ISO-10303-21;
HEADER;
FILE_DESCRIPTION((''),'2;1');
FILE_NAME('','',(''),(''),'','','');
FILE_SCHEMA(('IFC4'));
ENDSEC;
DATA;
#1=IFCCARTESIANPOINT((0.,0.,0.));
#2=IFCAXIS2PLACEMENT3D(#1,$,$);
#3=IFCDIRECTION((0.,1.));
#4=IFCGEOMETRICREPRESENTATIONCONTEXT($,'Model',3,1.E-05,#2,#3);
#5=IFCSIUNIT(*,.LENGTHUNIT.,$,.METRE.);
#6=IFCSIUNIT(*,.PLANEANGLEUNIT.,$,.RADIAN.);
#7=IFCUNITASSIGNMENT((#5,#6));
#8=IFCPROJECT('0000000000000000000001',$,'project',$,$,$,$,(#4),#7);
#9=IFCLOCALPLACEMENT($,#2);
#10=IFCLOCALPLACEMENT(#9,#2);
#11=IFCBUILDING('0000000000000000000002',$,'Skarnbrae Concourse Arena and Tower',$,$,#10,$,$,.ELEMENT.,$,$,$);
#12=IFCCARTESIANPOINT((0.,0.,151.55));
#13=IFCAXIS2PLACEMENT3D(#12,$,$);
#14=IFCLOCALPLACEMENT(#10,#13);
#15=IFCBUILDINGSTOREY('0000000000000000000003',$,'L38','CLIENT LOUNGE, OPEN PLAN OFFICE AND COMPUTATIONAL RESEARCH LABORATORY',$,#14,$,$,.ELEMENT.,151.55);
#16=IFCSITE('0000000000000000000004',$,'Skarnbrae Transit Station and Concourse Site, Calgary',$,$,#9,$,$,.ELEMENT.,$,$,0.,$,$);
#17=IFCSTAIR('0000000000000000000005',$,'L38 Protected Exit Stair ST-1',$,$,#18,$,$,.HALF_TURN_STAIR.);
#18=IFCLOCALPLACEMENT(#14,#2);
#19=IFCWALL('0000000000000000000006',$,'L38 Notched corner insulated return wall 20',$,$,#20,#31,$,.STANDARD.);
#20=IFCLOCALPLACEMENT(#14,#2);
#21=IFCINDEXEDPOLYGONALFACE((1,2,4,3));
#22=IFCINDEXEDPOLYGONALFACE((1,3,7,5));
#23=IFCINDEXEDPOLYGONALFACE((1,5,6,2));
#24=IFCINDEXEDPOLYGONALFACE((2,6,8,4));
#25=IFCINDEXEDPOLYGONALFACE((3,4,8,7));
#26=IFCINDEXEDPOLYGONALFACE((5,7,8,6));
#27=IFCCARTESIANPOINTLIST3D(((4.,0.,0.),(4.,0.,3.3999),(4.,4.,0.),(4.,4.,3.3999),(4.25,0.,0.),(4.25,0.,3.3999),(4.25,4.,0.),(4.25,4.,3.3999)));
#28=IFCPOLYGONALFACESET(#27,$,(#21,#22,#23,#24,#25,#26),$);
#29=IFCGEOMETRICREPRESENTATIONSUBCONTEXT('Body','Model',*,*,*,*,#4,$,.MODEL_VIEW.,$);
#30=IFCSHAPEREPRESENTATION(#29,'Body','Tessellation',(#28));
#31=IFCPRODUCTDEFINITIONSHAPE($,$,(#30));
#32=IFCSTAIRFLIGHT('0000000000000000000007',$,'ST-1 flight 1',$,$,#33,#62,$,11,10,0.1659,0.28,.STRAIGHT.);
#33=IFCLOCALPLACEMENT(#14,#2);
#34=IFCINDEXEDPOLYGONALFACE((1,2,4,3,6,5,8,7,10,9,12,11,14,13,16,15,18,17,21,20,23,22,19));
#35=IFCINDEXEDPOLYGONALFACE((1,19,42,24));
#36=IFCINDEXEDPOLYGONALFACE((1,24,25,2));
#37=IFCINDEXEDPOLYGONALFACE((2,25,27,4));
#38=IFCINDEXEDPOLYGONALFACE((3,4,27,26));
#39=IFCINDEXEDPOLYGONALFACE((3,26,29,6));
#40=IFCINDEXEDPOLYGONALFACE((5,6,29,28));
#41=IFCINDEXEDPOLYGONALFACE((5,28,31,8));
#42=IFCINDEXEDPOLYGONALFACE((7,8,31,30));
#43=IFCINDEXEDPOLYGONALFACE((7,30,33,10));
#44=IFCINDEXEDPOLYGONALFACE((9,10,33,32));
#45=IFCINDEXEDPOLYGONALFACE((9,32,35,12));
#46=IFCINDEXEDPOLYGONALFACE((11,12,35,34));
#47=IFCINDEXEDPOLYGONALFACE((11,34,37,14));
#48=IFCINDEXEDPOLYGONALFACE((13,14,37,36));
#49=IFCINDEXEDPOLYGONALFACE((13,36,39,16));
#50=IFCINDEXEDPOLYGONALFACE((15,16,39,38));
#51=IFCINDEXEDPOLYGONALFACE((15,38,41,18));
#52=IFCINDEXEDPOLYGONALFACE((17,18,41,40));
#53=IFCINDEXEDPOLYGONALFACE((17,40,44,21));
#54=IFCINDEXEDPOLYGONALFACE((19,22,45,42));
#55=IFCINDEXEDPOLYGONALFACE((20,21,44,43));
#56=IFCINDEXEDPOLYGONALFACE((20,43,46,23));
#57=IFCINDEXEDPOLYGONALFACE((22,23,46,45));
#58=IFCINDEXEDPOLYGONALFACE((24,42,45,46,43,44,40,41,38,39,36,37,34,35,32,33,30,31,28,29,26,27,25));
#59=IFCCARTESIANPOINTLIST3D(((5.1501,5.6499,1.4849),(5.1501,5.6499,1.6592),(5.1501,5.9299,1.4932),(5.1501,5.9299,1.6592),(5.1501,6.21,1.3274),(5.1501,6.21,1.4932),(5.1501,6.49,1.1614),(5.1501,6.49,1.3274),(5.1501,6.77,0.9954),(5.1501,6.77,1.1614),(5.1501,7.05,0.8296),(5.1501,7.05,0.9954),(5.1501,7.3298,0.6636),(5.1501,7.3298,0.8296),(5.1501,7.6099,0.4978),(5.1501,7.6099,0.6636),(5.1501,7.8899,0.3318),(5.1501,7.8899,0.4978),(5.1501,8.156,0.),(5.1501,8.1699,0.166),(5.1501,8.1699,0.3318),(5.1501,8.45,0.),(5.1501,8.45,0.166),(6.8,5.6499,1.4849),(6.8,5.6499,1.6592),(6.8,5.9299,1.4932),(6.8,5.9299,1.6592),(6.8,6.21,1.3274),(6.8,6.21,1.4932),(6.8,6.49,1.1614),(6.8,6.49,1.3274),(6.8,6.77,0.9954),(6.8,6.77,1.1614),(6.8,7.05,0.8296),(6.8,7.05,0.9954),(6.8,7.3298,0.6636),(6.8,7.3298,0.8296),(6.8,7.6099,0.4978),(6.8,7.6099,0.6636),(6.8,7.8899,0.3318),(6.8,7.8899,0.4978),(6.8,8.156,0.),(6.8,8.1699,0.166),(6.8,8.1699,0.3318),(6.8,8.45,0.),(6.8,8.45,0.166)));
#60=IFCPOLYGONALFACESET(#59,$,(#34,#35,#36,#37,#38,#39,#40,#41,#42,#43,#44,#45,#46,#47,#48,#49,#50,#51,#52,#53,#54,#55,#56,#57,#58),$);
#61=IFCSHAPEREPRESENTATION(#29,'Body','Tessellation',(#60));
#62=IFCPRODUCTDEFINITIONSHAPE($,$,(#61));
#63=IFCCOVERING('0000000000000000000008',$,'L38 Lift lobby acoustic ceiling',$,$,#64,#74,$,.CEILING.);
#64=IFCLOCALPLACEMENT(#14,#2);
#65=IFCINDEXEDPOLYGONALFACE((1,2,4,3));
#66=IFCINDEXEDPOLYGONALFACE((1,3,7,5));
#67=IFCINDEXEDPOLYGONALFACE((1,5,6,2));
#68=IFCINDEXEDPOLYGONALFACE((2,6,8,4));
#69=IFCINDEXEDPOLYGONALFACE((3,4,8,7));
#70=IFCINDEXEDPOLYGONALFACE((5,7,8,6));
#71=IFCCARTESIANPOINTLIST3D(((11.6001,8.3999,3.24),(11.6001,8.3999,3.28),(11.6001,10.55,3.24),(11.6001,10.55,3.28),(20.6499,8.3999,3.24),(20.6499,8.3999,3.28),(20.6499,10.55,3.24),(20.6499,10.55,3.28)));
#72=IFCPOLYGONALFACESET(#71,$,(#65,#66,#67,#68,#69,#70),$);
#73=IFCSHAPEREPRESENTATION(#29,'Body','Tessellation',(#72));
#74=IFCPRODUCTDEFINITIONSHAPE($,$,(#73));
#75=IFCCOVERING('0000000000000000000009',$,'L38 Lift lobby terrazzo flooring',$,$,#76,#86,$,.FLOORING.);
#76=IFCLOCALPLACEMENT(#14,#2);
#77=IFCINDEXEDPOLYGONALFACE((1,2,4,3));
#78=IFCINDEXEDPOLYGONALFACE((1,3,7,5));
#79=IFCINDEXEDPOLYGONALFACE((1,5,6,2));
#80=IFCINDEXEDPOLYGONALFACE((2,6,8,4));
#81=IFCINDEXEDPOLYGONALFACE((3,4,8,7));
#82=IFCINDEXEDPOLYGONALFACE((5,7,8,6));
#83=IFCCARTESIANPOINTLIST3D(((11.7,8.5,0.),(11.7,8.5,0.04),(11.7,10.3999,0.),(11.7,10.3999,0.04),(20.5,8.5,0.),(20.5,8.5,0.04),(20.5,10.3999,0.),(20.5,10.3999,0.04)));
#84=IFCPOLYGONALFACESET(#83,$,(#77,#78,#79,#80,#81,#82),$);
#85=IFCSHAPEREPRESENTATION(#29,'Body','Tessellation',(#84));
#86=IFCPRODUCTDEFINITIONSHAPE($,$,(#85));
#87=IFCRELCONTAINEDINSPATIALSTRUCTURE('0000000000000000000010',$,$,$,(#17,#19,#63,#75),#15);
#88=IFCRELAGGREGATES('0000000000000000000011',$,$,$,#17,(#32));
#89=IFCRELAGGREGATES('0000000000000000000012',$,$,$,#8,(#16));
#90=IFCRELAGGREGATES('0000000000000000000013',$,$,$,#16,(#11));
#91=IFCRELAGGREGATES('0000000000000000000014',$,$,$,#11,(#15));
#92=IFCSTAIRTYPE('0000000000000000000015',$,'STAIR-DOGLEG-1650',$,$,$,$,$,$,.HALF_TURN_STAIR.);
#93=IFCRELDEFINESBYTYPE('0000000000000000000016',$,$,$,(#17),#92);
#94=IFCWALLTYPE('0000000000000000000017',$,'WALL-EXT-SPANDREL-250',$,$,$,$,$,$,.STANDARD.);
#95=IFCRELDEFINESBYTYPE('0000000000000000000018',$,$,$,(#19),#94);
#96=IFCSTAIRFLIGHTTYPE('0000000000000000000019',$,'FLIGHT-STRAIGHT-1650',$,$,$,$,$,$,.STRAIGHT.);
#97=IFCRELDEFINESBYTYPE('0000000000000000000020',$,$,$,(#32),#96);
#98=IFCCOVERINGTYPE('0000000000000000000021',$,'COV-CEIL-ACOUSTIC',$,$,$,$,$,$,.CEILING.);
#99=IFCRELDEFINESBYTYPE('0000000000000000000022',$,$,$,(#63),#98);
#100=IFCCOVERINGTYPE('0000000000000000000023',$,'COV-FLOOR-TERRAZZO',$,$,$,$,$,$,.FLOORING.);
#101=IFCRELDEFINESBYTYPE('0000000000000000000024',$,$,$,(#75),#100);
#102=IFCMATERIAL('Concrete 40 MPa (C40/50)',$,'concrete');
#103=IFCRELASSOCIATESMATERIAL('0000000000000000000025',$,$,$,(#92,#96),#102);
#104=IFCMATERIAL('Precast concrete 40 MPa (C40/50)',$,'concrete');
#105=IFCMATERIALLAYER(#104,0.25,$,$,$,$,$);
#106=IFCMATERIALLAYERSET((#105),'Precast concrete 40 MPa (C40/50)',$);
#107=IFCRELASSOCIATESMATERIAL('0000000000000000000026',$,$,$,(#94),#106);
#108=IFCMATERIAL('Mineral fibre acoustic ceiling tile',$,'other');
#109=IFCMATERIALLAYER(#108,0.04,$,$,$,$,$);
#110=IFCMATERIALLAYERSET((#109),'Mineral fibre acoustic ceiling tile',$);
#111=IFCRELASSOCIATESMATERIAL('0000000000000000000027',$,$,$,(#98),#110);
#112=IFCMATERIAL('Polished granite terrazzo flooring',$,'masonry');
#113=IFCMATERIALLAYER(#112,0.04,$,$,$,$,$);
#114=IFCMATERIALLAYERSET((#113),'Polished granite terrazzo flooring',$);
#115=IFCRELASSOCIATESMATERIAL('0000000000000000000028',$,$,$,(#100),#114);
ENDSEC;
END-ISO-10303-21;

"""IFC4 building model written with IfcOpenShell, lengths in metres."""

from ifc_helpers import new_model, si_unit, direction, frame, frame_2d, origin, place, context, subcontext, project, spatial, polyline, rectangle, outline, extrude, source, transform, mapped, material, layer, layer_set, type_object, element, aggregate, save


model = new_model("IFC4")

# Units and contexts
model_context = context("Model", 3, precision=1e-05, world=origin(), true_north=direction((0.0, 1.0)))
body_context = subcontext(model_context, "Body", "Model", "MODEL_VIEW")
ifc_project = project(units=[si_unit("LENGTHUNIT", "METRE"), si_unit("PLANEANGLEUNIT", "RADIAN")], contexts=[model_context])

# Site, building, storey
site_placement = place(None, origin())
site = spatial("IfcSite", under=ifc_project, at=site_placement, Name="Skarnbrae Transit Station and Concourse Site, Calgary", CompositionType="ELEMENT", RefElevation=0.0)
building_placement = place(site_placement, origin())
building = spatial("IfcBuilding", under=site, at=building_placement, Name="Skarnbrae Concourse Arena and Tower", CompositionType="ELEMENT")
storey_placement = place(building_placement, frame((0.0, 0.0, 151.55)))
storey = spatial("IfcBuildingStorey", under=building, at=storey_placement, Name="L38", Description="CLIENT LOUNGE, OPEN PLAN OFFICE AND COMPUTATIONAL RESEARCH LABORATORY", CompositionType="ELEMENT", Elevation=151.55)

# Stair
ifc_material_1 = material(Name="Concrete 40 MPa (C40/50)", Category="concrete")
stair_type = type_object("IfcStairType", Name="STAIR-DOGLEG-1650", PredefinedType="HALF_TURN_STAIR", material=ifc_material_1)
stair_1_placement = place(storey_placement, origin())
stair_1 = element("IfcStair", 1, at=stair_1_placement, inside=storey, type_object=stair_type, Name="L38 Protected Exit Stair ST-1", PredefinedType="HALF_TURN_STAIR")

# Wall
ifc_material_2 = material(Name="Precast concrete 40 MPa (C40/50)", Category="concrete")
ifc_layer_1 = layer(ifc_material_2, 0.25)
ifc_layer_set_1 = layer_set([ifc_layer_1], Name="Precast concrete 40 MPa (C40/50)")
wall_type_1 = type_object("IfcWallType", Name="WALL-EXT-SPANDREL-250", PredefinedType="STANDARD", material=ifc_layer_set_1)
shared_shape_1 = source(origin(), body_context, "Body", "SweptSolid", [
    extrude(rectangle(XDim=4.0, YDim=0.25, at=frame_2d((2.0, 0.0))), origin(), (0.0, 0.0, 1.0), 3.3999),
])
for number, where, z_axis, x_axis, name in (
    (2, (4.125, 4.0, 0.0), (0.0, 0.0, 1.0), (0.0, -1.0, 0.0), "L38 Notched corner insulated return wall 20"),
):
    element("IfcWall", number, at=place(storey_placement, frame(where, z_axis=z_axis, x_axis=x_axis)), inside=storey, type_object=wall_type_1, Name=name, PredefinedType="STANDARD", context=body_context, shape_type="MappedRepresentation", body=[
        mapped(shared_shape_1, transform((0.0, 0.0, 0.0))),
    ])

# Stair flight
stair_flight_type = type_object("IfcStairFlightType", Name="FLIGHT-STRAIGHT-1650", PredefinedType="STRAIGHT", material=ifc_material_1)
shared_shape_2 = source(origin(), body_context, "Body", "SweptSolid", [
    extrude(outline(polyline([(0.0, 0.0), (0.0, 0.166), (0.28, 0.166), (0.28, 0.3318), (0.5601, 0.3318), (0.5601, 0.4978), (0.8401, 0.4978), (0.8401, 0.6636), (1.1201, 0.6636), (1.1201, 0.8296), (1.3999, 0.8296), (1.3999, 0.9954), (1.6799, 0.9954), (1.6799, 1.1614), (1.96, 1.1614), (1.96, 1.3274), (2.24, 1.3274), (2.24, 1.4932), (2.52, 1.4932), (2.52, 1.6592), (2.8, 1.6592), (2.8, 1.825), (2.8, 1.4849), (0.2939, 0.0), (0.0, 0.0)])), frame((0.0, 0.825, 0.0), z_axis=(0.0, -1.0, 0.0), x_axis=(1.0, 0.0, 0.0)), (0.0, 0.0, 1.0), 1.6499),
])
stair_flight_placement = place(storey_placement, frame((5.9751, 8.45, 0.0), z_axis=(0.0, 0.0, 1.0), x_axis=(0.0, -1.0, 0.0)))
stair_flight = element("IfcStairFlight", 3, at=stair_flight_placement, type_object=stair_flight_type, Name="ST-1 flight 1", NumberOfRisers=11, NumberOfTreads=10, PredefinedType="STRAIGHT", RiserHeight=0.1659, TreadLength=0.28, context=body_context, shape_type="MappedRepresentation", body=[
    mapped(shared_shape_2, transform((0.0, 0.0, 0.0))),
])
aggregate(stair_1, [stair_flight])

# Coverings
ifc_material_3 = material(Name="Mineral fibre acoustic ceiling tile", Category="other")
ifc_layer_2 = layer(ifc_material_3, 0.04)
ifc_layer_set_2 = layer_set([ifc_layer_2], Name="Mineral fibre acoustic ceiling tile")
covering_type_1 = type_object("IfcCoveringType", Name="COV-CEIL-ACOUSTIC", PredefinedType="CEILING", material=ifc_layer_set_2)
covering_1_placement = place(storey_placement, frame((0.0, 0.0, 3.24)))
element("IfcCovering", 4, at=covering_1_placement, inside=storey, type_object=covering_type_1, Name="L38 Lift lobby acoustic ceiling", PredefinedType="CEILING", context=body_context, shape_type="SweptSolid", body=[
    extrude(outline(polyline([(11.6001, 8.3999), (20.6499, 8.3999), (20.6499, 10.55), (11.6001, 10.55), (11.6001, 8.3999)])), origin(), (0.0, 0.0, 1.0), 0.04),
])
ifc_material_4 = material(Name="Polished granite terrazzo flooring", Category="masonry")
ifc_layer_3 = layer(ifc_material_4, 0.04)
ifc_layer_set_3 = layer_set([ifc_layer_3], Name="Polished granite terrazzo flooring")
covering_type_2 = type_object("IfcCoveringType", Name="COV-FLOOR-TERRAZZO", PredefinedType="FLOORING", material=ifc_layer_set_3)
covering_2_placement = place(storey_placement, origin())
element("IfcCovering", 5, at=covering_2_placement, inside=storey, type_object=covering_type_2, Name="L38 Lift lobby terrazzo flooring", PredefinedType="FLOORING", context=body_context, shape_type="SweptSolid", body=[
    extrude(outline(polyline([(11.7, 8.5), (20.5, 8.5), (20.5, 10.3999), (11.7, 10.3999), (11.7, 8.5)])), origin(), (0.0, 0.0, 1.0), 0.04),
])

save(model, "model.ifc")
